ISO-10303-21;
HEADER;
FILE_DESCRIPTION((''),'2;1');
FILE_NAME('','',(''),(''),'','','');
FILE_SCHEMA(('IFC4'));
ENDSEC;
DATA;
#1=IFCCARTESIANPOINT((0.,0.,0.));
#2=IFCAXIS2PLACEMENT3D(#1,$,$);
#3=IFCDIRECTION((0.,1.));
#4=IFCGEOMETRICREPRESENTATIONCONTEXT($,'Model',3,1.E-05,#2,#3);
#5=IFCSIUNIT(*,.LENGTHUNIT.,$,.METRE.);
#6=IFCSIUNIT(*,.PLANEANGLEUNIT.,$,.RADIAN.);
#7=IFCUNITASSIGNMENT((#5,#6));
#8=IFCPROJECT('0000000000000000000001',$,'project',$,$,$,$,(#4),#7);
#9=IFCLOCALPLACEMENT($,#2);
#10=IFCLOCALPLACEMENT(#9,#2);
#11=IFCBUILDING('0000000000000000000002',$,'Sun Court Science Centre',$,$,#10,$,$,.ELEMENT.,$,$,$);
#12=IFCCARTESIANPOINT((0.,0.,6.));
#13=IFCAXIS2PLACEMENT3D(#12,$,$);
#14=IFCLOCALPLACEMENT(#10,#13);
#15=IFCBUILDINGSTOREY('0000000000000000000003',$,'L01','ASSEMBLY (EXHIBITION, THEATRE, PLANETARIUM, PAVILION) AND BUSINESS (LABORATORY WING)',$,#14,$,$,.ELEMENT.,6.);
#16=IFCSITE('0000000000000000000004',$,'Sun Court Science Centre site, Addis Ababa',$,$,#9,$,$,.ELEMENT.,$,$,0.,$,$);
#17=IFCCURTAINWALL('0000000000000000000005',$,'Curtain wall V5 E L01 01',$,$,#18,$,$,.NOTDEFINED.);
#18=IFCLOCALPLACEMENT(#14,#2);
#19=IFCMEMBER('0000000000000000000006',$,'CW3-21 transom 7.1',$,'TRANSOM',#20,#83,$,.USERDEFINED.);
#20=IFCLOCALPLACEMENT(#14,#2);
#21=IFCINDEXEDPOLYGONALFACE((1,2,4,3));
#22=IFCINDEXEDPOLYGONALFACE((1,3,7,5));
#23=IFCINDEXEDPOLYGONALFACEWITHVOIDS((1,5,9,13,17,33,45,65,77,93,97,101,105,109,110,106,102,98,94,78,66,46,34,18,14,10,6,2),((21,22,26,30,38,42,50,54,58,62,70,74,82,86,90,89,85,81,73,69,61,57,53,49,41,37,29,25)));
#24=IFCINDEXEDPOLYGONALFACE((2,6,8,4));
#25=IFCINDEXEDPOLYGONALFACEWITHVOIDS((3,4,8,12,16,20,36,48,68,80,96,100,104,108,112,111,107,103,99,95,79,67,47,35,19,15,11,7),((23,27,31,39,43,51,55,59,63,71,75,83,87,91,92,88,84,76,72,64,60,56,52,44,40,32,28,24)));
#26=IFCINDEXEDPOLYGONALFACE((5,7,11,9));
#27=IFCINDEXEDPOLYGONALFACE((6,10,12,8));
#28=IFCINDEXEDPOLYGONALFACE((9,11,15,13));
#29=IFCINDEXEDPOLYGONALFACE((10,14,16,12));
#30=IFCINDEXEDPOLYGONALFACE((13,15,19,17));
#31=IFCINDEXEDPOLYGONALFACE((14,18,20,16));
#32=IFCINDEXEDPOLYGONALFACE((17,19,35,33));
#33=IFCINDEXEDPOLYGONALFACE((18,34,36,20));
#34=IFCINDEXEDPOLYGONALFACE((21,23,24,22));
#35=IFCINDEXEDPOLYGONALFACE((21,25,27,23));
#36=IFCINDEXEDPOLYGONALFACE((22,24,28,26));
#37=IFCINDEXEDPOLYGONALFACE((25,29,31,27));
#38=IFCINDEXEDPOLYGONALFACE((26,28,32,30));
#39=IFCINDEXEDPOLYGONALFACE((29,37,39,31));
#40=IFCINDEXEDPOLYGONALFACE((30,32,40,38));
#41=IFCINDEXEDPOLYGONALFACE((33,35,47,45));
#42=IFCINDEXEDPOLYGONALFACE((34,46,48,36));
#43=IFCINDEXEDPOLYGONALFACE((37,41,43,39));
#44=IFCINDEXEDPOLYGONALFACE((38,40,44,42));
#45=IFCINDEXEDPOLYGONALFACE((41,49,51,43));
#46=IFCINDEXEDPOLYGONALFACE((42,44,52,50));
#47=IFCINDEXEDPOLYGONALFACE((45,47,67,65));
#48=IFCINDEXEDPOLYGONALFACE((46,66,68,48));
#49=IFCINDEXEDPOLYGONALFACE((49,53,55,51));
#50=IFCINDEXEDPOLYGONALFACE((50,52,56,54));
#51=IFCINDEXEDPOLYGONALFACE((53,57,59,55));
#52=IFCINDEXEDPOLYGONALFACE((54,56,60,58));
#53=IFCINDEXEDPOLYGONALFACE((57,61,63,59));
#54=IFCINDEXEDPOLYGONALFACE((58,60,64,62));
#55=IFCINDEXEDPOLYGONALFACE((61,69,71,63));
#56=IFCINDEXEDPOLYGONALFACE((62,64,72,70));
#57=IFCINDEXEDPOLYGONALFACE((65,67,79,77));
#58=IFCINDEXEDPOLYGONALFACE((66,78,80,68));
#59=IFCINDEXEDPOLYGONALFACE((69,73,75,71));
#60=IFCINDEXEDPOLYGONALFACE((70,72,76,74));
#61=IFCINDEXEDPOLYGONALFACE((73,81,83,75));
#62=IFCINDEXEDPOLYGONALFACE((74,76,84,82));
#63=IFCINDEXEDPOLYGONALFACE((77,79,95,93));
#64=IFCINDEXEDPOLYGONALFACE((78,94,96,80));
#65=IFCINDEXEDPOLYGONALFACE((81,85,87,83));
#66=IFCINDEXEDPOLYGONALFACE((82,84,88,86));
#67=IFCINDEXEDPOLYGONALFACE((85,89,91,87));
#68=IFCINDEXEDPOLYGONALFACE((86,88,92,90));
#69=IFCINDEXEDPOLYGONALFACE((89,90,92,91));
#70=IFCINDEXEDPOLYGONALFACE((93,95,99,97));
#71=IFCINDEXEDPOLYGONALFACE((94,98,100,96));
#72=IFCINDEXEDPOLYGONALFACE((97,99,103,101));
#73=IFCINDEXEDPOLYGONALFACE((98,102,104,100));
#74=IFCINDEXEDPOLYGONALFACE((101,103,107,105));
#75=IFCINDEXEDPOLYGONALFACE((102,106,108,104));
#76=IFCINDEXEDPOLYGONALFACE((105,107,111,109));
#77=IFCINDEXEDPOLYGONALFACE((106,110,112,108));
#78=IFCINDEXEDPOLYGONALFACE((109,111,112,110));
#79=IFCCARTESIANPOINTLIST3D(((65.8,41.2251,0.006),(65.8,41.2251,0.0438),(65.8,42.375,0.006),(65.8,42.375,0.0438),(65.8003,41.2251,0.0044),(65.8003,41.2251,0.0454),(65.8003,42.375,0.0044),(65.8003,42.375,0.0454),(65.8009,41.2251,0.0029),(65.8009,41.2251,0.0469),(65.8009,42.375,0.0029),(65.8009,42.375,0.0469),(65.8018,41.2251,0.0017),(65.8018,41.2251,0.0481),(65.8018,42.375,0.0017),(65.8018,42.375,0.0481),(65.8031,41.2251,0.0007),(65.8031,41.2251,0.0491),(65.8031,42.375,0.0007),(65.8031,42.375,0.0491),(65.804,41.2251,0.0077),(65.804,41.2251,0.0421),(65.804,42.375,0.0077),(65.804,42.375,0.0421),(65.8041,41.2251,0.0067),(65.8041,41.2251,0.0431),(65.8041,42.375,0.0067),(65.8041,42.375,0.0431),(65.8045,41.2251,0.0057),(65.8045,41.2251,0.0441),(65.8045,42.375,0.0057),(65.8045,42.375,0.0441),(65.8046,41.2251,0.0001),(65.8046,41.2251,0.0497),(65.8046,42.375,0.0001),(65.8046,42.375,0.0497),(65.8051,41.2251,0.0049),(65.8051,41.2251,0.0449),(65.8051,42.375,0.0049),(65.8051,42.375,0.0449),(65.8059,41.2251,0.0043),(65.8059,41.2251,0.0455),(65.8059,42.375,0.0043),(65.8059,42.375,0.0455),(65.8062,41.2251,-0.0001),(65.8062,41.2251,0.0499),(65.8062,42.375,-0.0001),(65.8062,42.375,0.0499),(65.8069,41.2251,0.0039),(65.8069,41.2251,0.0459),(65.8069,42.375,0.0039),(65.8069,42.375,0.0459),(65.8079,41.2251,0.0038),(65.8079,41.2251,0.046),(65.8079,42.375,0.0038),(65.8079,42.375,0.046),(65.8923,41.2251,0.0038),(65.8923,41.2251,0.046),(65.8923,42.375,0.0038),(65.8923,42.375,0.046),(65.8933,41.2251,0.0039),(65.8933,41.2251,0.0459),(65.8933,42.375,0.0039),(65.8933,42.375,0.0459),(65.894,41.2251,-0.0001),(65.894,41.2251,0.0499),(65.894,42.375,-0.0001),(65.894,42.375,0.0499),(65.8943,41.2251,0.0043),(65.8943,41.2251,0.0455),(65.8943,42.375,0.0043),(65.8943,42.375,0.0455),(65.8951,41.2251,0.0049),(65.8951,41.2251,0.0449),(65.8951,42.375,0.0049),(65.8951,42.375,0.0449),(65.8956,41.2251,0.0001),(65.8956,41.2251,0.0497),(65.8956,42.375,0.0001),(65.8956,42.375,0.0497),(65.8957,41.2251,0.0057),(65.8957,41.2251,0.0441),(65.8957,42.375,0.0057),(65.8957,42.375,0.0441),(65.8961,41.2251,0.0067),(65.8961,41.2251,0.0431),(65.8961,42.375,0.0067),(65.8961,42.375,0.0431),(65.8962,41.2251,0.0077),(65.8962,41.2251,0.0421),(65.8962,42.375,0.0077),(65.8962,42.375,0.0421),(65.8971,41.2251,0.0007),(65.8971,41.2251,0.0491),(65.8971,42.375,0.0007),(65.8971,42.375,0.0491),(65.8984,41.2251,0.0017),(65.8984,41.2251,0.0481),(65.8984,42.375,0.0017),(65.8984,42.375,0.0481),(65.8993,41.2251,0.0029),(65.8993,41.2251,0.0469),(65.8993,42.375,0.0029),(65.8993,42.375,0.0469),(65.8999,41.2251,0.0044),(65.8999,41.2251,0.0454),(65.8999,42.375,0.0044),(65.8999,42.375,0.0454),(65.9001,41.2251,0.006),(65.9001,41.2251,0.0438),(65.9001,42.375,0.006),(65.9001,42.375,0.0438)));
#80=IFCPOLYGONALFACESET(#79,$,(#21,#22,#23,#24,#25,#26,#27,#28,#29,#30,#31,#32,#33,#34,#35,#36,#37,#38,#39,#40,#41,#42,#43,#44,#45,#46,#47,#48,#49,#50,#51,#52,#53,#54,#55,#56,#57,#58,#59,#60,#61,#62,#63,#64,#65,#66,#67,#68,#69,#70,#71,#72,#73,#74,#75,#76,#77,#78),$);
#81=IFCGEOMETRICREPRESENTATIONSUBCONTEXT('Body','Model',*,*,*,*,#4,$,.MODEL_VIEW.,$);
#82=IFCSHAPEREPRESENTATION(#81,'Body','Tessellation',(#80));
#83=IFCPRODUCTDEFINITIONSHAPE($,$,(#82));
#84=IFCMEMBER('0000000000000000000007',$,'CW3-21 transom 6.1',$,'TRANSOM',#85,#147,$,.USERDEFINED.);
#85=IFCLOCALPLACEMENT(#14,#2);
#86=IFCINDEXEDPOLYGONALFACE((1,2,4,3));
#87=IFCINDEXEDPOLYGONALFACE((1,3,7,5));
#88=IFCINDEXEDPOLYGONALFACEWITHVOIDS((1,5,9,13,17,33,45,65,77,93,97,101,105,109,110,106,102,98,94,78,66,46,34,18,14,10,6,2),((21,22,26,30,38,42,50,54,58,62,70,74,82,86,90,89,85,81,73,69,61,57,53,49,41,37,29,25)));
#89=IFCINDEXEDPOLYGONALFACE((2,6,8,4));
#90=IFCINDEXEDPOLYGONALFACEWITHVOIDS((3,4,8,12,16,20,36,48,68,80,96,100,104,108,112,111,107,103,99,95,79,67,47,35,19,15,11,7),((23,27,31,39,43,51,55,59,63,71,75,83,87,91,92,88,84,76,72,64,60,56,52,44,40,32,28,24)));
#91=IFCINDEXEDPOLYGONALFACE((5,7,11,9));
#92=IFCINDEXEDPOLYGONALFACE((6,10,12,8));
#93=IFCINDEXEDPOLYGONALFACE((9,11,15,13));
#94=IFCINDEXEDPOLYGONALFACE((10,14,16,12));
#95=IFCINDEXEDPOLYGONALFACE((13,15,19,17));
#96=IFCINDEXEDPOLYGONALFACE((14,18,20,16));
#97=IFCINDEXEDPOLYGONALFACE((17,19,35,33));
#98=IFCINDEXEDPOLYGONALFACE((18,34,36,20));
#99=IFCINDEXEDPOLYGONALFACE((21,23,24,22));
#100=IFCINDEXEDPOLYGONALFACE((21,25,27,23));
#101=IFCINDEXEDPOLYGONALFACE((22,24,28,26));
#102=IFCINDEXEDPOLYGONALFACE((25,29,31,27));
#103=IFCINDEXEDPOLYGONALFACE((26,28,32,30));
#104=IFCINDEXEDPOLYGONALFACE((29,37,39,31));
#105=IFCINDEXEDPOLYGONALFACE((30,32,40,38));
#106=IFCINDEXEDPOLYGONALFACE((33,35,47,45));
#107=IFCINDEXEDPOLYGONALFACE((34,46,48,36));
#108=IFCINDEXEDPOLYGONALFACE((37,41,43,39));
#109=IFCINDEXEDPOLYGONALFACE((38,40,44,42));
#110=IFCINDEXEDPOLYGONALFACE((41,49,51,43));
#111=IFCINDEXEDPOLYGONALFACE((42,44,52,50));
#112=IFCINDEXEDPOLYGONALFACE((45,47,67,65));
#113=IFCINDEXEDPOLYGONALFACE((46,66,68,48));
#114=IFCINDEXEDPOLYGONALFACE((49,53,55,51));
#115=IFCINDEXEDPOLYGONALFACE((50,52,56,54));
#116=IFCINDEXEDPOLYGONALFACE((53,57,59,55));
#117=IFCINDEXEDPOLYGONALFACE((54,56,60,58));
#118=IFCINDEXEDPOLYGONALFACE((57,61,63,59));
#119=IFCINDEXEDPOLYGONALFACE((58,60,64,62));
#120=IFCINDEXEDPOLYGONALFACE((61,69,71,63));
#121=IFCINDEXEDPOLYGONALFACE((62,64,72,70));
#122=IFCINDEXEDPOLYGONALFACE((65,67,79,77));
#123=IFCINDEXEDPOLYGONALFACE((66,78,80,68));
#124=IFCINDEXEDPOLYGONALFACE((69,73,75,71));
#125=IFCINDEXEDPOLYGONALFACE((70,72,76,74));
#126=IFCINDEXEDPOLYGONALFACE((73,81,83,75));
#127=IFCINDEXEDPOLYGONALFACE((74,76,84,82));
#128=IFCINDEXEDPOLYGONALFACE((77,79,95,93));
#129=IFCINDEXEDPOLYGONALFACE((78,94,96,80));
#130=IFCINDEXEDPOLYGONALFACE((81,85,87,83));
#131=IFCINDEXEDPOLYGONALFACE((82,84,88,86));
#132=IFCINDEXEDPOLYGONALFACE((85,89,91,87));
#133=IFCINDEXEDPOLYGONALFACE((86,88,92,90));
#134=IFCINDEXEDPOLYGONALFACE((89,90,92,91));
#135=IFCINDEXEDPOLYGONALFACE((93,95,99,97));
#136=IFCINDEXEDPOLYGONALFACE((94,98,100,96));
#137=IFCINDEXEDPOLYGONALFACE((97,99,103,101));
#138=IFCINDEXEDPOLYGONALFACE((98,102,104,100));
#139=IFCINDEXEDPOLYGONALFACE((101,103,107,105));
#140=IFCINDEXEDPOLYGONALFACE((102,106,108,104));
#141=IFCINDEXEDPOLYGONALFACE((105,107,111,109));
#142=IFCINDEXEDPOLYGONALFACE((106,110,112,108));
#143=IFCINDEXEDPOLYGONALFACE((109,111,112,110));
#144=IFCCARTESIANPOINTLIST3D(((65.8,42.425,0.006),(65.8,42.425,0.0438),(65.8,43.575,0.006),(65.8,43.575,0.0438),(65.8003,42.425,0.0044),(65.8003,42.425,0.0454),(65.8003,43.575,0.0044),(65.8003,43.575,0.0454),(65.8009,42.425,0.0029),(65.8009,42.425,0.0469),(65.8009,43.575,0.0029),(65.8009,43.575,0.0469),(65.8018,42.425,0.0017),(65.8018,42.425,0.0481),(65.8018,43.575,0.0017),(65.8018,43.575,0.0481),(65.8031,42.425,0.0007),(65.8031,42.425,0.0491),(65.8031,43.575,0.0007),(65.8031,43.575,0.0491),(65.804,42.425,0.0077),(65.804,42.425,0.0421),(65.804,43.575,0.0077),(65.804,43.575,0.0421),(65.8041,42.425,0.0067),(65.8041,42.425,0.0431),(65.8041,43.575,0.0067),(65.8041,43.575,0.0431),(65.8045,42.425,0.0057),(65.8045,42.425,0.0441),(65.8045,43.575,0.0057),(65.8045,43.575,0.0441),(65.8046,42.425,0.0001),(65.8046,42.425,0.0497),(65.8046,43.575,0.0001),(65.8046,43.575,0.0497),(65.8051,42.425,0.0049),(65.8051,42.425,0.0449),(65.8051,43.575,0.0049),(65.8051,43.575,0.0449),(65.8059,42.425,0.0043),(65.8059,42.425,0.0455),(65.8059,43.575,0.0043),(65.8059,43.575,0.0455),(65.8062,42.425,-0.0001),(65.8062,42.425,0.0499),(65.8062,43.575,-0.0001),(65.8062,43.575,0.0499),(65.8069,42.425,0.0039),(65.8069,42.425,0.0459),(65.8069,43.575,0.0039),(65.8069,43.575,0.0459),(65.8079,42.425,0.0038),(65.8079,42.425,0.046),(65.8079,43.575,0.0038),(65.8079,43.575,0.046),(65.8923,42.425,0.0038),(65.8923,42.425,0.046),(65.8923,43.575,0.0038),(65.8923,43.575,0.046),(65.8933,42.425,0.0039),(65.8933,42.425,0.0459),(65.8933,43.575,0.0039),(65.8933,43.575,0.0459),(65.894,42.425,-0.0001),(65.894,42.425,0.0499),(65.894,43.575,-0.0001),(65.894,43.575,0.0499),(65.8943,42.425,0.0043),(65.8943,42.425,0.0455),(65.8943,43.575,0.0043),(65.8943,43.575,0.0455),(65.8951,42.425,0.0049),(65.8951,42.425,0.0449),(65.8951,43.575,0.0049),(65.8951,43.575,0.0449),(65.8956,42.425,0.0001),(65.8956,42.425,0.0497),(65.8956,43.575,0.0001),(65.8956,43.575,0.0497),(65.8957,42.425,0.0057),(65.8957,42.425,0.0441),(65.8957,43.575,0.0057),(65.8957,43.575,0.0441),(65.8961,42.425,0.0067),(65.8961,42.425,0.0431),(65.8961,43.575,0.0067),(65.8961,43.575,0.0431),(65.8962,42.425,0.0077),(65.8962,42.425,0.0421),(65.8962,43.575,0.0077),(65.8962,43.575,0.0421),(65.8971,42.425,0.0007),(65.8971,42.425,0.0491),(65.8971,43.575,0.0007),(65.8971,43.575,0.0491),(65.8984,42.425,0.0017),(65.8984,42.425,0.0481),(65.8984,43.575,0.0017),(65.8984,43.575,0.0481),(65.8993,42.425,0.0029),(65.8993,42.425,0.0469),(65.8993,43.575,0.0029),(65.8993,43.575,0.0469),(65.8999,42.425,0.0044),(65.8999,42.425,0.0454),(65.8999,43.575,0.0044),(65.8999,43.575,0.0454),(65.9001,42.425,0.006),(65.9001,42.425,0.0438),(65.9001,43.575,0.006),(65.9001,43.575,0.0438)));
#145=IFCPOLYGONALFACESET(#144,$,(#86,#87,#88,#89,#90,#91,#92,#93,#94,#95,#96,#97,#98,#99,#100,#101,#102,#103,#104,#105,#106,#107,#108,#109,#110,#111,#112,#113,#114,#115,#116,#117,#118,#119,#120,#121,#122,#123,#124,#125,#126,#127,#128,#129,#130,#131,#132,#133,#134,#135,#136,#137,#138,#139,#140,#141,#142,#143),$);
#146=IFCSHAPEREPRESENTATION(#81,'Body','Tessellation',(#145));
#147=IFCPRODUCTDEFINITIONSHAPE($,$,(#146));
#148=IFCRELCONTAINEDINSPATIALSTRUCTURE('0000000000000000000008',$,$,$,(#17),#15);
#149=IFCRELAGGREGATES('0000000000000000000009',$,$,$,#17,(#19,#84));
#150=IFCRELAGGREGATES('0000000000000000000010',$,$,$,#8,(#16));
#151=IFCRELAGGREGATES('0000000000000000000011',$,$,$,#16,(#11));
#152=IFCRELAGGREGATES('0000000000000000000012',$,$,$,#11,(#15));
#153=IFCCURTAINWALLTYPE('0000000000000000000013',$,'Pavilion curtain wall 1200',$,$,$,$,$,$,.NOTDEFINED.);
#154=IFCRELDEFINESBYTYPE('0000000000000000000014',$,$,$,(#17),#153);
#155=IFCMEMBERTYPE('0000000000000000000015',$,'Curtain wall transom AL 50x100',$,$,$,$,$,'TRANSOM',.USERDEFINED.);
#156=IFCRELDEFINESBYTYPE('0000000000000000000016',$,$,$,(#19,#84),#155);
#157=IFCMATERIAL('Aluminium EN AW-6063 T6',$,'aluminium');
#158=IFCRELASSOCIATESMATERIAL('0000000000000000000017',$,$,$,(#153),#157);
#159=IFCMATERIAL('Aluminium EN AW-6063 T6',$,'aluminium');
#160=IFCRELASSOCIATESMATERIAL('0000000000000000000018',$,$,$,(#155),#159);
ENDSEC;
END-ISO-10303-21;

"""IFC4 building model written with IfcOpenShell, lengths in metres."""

from ifc_helpers import new_model, si_unit, direction, frame, origin, origin_2d, place, context, subcontext, project, spatial, hollow_rectangle, extrude, material, material_profile, profile_set, type_object, element, aggregate, save


model = new_model("IFC4")

# Units and contexts
model_context = context("Model", 3, precision=1e-05, world=origin(), true_north=direction((0.0, 1.0)))
body_context = subcontext(model_context, "Body", "Model", "MODEL_VIEW")
ifc_project = project(units=[si_unit("LENGTHUNIT", "METRE"), si_unit("PLANEANGLEUNIT", "RADIAN")], contexts=[model_context])

# Site, building, storey
site_placement = place(None, origin())
site = spatial("IfcSite", under=ifc_project, at=site_placement, Name="Sun Court Science Centre site, Addis Ababa", CompositionType="ELEMENT", RefElevation=0.0)
building_placement = place(site_placement, origin())
building = spatial("IfcBuilding", under=site, at=building_placement, Name="Sun Court Science Centre", CompositionType="ELEMENT")
storey_placement = place(building_placement, frame((0.0, 0.0, 6.0)))
storey = spatial("IfcBuildingStorey", under=building, at=storey_placement, Name="L01", Description="ASSEMBLY (EXHIBITION, THEATRE, PLANETARIUM, PAVILION) AND BUSINESS (LABORATORY WING)", CompositionType="ELEMENT", Elevation=6.0)

# Curtain wall, members
ifc_material_1 = material(Name="Aluminium EN AW-6063 T6", Category="aluminium")
curtain_wall_type = type_object("IfcCurtainWallType", Name="Pavilion curtain wall 1200", PredefinedType="NOTDEFINED", material=ifc_material_1)
curtain_wall_placement = place(storey_placement, origin())
curtain_wall = element("IfcCurtainWall", 1, at=curtain_wall_placement, inside=storey, type_object=curtain_wall_type, Name="Curtain wall V5 E L01 01", PredefinedType="NOTDEFINED")
ifc_material_2 = material(Name="Aluminium EN AW-6063 T6", Category="aluminium")
ifc_material_profile_1 = material_profile(ifc_material_2, hollow_rectangle(XDim=0.05, YDim=0.1001, WallThickness=0.0039, InnerFilletRadius=0.0039, OuterFilletRadius=0.0061, at=origin_2d()), Name="AL 50x100x4")
ifc_profile_set_1 = profile_set([ifc_material_profile_1], Name="Aluminium EN AW-6063 T6")
member_type_1 = type_object("IfcMemberType", Name="Curtain wall transom AL 50x100", ElementType="TRANSOM", PredefinedType="USERDEFINED", material=ifc_profile_set_1)
member_1_placement = place(storey_placement, frame((65.8501, 42.375, 0.0249), z_axis=(0.0, -1.0, 0.0), x_axis=(0.0, 0.0, 1.0)))
member_1 = element("IfcMember", 2, at=member_1_placement, type_object=member_type_1, Name="CW3-21 transom 7.1", ObjectType="TRANSOM", PredefinedType="USERDEFINED", context=body_context, shape_type="SweptSolid", body=[
    extrude(hollow_rectangle(XDim=0.05, YDim=0.1001, WallThickness=0.0039, InnerFilletRadius=0.0039, OuterFilletRadius=0.0061, at=origin_2d()), origin(), (0.0, 0.0, 1.0), 1.1499),
])
member_2_placement = place(storey_placement, frame((65.8501, 43.575, 0.0249), z_axis=(0.0, -1.0, 0.0), x_axis=(0.0, 0.0, 1.0)))
member_2 = element("IfcMember", 3, at=member_2_placement, type_object=member_type_1, Name="CW3-21 transom 6.1", ObjectType="TRANSOM", PredefinedType="USERDEFINED", context=body_context, shape_type="SweptSolid", body=[
    extrude(hollow_rectangle(XDim=0.05, YDim=0.1001, WallThickness=0.0039, InnerFilletRadius=0.0039, OuterFilletRadius=0.0061, at=origin_2d()), origin(), (0.0, 0.0, 1.0), 1.1499),
])
aggregate(curtain_wall, [member_1, member_2])

save(model, "model.ifc")
